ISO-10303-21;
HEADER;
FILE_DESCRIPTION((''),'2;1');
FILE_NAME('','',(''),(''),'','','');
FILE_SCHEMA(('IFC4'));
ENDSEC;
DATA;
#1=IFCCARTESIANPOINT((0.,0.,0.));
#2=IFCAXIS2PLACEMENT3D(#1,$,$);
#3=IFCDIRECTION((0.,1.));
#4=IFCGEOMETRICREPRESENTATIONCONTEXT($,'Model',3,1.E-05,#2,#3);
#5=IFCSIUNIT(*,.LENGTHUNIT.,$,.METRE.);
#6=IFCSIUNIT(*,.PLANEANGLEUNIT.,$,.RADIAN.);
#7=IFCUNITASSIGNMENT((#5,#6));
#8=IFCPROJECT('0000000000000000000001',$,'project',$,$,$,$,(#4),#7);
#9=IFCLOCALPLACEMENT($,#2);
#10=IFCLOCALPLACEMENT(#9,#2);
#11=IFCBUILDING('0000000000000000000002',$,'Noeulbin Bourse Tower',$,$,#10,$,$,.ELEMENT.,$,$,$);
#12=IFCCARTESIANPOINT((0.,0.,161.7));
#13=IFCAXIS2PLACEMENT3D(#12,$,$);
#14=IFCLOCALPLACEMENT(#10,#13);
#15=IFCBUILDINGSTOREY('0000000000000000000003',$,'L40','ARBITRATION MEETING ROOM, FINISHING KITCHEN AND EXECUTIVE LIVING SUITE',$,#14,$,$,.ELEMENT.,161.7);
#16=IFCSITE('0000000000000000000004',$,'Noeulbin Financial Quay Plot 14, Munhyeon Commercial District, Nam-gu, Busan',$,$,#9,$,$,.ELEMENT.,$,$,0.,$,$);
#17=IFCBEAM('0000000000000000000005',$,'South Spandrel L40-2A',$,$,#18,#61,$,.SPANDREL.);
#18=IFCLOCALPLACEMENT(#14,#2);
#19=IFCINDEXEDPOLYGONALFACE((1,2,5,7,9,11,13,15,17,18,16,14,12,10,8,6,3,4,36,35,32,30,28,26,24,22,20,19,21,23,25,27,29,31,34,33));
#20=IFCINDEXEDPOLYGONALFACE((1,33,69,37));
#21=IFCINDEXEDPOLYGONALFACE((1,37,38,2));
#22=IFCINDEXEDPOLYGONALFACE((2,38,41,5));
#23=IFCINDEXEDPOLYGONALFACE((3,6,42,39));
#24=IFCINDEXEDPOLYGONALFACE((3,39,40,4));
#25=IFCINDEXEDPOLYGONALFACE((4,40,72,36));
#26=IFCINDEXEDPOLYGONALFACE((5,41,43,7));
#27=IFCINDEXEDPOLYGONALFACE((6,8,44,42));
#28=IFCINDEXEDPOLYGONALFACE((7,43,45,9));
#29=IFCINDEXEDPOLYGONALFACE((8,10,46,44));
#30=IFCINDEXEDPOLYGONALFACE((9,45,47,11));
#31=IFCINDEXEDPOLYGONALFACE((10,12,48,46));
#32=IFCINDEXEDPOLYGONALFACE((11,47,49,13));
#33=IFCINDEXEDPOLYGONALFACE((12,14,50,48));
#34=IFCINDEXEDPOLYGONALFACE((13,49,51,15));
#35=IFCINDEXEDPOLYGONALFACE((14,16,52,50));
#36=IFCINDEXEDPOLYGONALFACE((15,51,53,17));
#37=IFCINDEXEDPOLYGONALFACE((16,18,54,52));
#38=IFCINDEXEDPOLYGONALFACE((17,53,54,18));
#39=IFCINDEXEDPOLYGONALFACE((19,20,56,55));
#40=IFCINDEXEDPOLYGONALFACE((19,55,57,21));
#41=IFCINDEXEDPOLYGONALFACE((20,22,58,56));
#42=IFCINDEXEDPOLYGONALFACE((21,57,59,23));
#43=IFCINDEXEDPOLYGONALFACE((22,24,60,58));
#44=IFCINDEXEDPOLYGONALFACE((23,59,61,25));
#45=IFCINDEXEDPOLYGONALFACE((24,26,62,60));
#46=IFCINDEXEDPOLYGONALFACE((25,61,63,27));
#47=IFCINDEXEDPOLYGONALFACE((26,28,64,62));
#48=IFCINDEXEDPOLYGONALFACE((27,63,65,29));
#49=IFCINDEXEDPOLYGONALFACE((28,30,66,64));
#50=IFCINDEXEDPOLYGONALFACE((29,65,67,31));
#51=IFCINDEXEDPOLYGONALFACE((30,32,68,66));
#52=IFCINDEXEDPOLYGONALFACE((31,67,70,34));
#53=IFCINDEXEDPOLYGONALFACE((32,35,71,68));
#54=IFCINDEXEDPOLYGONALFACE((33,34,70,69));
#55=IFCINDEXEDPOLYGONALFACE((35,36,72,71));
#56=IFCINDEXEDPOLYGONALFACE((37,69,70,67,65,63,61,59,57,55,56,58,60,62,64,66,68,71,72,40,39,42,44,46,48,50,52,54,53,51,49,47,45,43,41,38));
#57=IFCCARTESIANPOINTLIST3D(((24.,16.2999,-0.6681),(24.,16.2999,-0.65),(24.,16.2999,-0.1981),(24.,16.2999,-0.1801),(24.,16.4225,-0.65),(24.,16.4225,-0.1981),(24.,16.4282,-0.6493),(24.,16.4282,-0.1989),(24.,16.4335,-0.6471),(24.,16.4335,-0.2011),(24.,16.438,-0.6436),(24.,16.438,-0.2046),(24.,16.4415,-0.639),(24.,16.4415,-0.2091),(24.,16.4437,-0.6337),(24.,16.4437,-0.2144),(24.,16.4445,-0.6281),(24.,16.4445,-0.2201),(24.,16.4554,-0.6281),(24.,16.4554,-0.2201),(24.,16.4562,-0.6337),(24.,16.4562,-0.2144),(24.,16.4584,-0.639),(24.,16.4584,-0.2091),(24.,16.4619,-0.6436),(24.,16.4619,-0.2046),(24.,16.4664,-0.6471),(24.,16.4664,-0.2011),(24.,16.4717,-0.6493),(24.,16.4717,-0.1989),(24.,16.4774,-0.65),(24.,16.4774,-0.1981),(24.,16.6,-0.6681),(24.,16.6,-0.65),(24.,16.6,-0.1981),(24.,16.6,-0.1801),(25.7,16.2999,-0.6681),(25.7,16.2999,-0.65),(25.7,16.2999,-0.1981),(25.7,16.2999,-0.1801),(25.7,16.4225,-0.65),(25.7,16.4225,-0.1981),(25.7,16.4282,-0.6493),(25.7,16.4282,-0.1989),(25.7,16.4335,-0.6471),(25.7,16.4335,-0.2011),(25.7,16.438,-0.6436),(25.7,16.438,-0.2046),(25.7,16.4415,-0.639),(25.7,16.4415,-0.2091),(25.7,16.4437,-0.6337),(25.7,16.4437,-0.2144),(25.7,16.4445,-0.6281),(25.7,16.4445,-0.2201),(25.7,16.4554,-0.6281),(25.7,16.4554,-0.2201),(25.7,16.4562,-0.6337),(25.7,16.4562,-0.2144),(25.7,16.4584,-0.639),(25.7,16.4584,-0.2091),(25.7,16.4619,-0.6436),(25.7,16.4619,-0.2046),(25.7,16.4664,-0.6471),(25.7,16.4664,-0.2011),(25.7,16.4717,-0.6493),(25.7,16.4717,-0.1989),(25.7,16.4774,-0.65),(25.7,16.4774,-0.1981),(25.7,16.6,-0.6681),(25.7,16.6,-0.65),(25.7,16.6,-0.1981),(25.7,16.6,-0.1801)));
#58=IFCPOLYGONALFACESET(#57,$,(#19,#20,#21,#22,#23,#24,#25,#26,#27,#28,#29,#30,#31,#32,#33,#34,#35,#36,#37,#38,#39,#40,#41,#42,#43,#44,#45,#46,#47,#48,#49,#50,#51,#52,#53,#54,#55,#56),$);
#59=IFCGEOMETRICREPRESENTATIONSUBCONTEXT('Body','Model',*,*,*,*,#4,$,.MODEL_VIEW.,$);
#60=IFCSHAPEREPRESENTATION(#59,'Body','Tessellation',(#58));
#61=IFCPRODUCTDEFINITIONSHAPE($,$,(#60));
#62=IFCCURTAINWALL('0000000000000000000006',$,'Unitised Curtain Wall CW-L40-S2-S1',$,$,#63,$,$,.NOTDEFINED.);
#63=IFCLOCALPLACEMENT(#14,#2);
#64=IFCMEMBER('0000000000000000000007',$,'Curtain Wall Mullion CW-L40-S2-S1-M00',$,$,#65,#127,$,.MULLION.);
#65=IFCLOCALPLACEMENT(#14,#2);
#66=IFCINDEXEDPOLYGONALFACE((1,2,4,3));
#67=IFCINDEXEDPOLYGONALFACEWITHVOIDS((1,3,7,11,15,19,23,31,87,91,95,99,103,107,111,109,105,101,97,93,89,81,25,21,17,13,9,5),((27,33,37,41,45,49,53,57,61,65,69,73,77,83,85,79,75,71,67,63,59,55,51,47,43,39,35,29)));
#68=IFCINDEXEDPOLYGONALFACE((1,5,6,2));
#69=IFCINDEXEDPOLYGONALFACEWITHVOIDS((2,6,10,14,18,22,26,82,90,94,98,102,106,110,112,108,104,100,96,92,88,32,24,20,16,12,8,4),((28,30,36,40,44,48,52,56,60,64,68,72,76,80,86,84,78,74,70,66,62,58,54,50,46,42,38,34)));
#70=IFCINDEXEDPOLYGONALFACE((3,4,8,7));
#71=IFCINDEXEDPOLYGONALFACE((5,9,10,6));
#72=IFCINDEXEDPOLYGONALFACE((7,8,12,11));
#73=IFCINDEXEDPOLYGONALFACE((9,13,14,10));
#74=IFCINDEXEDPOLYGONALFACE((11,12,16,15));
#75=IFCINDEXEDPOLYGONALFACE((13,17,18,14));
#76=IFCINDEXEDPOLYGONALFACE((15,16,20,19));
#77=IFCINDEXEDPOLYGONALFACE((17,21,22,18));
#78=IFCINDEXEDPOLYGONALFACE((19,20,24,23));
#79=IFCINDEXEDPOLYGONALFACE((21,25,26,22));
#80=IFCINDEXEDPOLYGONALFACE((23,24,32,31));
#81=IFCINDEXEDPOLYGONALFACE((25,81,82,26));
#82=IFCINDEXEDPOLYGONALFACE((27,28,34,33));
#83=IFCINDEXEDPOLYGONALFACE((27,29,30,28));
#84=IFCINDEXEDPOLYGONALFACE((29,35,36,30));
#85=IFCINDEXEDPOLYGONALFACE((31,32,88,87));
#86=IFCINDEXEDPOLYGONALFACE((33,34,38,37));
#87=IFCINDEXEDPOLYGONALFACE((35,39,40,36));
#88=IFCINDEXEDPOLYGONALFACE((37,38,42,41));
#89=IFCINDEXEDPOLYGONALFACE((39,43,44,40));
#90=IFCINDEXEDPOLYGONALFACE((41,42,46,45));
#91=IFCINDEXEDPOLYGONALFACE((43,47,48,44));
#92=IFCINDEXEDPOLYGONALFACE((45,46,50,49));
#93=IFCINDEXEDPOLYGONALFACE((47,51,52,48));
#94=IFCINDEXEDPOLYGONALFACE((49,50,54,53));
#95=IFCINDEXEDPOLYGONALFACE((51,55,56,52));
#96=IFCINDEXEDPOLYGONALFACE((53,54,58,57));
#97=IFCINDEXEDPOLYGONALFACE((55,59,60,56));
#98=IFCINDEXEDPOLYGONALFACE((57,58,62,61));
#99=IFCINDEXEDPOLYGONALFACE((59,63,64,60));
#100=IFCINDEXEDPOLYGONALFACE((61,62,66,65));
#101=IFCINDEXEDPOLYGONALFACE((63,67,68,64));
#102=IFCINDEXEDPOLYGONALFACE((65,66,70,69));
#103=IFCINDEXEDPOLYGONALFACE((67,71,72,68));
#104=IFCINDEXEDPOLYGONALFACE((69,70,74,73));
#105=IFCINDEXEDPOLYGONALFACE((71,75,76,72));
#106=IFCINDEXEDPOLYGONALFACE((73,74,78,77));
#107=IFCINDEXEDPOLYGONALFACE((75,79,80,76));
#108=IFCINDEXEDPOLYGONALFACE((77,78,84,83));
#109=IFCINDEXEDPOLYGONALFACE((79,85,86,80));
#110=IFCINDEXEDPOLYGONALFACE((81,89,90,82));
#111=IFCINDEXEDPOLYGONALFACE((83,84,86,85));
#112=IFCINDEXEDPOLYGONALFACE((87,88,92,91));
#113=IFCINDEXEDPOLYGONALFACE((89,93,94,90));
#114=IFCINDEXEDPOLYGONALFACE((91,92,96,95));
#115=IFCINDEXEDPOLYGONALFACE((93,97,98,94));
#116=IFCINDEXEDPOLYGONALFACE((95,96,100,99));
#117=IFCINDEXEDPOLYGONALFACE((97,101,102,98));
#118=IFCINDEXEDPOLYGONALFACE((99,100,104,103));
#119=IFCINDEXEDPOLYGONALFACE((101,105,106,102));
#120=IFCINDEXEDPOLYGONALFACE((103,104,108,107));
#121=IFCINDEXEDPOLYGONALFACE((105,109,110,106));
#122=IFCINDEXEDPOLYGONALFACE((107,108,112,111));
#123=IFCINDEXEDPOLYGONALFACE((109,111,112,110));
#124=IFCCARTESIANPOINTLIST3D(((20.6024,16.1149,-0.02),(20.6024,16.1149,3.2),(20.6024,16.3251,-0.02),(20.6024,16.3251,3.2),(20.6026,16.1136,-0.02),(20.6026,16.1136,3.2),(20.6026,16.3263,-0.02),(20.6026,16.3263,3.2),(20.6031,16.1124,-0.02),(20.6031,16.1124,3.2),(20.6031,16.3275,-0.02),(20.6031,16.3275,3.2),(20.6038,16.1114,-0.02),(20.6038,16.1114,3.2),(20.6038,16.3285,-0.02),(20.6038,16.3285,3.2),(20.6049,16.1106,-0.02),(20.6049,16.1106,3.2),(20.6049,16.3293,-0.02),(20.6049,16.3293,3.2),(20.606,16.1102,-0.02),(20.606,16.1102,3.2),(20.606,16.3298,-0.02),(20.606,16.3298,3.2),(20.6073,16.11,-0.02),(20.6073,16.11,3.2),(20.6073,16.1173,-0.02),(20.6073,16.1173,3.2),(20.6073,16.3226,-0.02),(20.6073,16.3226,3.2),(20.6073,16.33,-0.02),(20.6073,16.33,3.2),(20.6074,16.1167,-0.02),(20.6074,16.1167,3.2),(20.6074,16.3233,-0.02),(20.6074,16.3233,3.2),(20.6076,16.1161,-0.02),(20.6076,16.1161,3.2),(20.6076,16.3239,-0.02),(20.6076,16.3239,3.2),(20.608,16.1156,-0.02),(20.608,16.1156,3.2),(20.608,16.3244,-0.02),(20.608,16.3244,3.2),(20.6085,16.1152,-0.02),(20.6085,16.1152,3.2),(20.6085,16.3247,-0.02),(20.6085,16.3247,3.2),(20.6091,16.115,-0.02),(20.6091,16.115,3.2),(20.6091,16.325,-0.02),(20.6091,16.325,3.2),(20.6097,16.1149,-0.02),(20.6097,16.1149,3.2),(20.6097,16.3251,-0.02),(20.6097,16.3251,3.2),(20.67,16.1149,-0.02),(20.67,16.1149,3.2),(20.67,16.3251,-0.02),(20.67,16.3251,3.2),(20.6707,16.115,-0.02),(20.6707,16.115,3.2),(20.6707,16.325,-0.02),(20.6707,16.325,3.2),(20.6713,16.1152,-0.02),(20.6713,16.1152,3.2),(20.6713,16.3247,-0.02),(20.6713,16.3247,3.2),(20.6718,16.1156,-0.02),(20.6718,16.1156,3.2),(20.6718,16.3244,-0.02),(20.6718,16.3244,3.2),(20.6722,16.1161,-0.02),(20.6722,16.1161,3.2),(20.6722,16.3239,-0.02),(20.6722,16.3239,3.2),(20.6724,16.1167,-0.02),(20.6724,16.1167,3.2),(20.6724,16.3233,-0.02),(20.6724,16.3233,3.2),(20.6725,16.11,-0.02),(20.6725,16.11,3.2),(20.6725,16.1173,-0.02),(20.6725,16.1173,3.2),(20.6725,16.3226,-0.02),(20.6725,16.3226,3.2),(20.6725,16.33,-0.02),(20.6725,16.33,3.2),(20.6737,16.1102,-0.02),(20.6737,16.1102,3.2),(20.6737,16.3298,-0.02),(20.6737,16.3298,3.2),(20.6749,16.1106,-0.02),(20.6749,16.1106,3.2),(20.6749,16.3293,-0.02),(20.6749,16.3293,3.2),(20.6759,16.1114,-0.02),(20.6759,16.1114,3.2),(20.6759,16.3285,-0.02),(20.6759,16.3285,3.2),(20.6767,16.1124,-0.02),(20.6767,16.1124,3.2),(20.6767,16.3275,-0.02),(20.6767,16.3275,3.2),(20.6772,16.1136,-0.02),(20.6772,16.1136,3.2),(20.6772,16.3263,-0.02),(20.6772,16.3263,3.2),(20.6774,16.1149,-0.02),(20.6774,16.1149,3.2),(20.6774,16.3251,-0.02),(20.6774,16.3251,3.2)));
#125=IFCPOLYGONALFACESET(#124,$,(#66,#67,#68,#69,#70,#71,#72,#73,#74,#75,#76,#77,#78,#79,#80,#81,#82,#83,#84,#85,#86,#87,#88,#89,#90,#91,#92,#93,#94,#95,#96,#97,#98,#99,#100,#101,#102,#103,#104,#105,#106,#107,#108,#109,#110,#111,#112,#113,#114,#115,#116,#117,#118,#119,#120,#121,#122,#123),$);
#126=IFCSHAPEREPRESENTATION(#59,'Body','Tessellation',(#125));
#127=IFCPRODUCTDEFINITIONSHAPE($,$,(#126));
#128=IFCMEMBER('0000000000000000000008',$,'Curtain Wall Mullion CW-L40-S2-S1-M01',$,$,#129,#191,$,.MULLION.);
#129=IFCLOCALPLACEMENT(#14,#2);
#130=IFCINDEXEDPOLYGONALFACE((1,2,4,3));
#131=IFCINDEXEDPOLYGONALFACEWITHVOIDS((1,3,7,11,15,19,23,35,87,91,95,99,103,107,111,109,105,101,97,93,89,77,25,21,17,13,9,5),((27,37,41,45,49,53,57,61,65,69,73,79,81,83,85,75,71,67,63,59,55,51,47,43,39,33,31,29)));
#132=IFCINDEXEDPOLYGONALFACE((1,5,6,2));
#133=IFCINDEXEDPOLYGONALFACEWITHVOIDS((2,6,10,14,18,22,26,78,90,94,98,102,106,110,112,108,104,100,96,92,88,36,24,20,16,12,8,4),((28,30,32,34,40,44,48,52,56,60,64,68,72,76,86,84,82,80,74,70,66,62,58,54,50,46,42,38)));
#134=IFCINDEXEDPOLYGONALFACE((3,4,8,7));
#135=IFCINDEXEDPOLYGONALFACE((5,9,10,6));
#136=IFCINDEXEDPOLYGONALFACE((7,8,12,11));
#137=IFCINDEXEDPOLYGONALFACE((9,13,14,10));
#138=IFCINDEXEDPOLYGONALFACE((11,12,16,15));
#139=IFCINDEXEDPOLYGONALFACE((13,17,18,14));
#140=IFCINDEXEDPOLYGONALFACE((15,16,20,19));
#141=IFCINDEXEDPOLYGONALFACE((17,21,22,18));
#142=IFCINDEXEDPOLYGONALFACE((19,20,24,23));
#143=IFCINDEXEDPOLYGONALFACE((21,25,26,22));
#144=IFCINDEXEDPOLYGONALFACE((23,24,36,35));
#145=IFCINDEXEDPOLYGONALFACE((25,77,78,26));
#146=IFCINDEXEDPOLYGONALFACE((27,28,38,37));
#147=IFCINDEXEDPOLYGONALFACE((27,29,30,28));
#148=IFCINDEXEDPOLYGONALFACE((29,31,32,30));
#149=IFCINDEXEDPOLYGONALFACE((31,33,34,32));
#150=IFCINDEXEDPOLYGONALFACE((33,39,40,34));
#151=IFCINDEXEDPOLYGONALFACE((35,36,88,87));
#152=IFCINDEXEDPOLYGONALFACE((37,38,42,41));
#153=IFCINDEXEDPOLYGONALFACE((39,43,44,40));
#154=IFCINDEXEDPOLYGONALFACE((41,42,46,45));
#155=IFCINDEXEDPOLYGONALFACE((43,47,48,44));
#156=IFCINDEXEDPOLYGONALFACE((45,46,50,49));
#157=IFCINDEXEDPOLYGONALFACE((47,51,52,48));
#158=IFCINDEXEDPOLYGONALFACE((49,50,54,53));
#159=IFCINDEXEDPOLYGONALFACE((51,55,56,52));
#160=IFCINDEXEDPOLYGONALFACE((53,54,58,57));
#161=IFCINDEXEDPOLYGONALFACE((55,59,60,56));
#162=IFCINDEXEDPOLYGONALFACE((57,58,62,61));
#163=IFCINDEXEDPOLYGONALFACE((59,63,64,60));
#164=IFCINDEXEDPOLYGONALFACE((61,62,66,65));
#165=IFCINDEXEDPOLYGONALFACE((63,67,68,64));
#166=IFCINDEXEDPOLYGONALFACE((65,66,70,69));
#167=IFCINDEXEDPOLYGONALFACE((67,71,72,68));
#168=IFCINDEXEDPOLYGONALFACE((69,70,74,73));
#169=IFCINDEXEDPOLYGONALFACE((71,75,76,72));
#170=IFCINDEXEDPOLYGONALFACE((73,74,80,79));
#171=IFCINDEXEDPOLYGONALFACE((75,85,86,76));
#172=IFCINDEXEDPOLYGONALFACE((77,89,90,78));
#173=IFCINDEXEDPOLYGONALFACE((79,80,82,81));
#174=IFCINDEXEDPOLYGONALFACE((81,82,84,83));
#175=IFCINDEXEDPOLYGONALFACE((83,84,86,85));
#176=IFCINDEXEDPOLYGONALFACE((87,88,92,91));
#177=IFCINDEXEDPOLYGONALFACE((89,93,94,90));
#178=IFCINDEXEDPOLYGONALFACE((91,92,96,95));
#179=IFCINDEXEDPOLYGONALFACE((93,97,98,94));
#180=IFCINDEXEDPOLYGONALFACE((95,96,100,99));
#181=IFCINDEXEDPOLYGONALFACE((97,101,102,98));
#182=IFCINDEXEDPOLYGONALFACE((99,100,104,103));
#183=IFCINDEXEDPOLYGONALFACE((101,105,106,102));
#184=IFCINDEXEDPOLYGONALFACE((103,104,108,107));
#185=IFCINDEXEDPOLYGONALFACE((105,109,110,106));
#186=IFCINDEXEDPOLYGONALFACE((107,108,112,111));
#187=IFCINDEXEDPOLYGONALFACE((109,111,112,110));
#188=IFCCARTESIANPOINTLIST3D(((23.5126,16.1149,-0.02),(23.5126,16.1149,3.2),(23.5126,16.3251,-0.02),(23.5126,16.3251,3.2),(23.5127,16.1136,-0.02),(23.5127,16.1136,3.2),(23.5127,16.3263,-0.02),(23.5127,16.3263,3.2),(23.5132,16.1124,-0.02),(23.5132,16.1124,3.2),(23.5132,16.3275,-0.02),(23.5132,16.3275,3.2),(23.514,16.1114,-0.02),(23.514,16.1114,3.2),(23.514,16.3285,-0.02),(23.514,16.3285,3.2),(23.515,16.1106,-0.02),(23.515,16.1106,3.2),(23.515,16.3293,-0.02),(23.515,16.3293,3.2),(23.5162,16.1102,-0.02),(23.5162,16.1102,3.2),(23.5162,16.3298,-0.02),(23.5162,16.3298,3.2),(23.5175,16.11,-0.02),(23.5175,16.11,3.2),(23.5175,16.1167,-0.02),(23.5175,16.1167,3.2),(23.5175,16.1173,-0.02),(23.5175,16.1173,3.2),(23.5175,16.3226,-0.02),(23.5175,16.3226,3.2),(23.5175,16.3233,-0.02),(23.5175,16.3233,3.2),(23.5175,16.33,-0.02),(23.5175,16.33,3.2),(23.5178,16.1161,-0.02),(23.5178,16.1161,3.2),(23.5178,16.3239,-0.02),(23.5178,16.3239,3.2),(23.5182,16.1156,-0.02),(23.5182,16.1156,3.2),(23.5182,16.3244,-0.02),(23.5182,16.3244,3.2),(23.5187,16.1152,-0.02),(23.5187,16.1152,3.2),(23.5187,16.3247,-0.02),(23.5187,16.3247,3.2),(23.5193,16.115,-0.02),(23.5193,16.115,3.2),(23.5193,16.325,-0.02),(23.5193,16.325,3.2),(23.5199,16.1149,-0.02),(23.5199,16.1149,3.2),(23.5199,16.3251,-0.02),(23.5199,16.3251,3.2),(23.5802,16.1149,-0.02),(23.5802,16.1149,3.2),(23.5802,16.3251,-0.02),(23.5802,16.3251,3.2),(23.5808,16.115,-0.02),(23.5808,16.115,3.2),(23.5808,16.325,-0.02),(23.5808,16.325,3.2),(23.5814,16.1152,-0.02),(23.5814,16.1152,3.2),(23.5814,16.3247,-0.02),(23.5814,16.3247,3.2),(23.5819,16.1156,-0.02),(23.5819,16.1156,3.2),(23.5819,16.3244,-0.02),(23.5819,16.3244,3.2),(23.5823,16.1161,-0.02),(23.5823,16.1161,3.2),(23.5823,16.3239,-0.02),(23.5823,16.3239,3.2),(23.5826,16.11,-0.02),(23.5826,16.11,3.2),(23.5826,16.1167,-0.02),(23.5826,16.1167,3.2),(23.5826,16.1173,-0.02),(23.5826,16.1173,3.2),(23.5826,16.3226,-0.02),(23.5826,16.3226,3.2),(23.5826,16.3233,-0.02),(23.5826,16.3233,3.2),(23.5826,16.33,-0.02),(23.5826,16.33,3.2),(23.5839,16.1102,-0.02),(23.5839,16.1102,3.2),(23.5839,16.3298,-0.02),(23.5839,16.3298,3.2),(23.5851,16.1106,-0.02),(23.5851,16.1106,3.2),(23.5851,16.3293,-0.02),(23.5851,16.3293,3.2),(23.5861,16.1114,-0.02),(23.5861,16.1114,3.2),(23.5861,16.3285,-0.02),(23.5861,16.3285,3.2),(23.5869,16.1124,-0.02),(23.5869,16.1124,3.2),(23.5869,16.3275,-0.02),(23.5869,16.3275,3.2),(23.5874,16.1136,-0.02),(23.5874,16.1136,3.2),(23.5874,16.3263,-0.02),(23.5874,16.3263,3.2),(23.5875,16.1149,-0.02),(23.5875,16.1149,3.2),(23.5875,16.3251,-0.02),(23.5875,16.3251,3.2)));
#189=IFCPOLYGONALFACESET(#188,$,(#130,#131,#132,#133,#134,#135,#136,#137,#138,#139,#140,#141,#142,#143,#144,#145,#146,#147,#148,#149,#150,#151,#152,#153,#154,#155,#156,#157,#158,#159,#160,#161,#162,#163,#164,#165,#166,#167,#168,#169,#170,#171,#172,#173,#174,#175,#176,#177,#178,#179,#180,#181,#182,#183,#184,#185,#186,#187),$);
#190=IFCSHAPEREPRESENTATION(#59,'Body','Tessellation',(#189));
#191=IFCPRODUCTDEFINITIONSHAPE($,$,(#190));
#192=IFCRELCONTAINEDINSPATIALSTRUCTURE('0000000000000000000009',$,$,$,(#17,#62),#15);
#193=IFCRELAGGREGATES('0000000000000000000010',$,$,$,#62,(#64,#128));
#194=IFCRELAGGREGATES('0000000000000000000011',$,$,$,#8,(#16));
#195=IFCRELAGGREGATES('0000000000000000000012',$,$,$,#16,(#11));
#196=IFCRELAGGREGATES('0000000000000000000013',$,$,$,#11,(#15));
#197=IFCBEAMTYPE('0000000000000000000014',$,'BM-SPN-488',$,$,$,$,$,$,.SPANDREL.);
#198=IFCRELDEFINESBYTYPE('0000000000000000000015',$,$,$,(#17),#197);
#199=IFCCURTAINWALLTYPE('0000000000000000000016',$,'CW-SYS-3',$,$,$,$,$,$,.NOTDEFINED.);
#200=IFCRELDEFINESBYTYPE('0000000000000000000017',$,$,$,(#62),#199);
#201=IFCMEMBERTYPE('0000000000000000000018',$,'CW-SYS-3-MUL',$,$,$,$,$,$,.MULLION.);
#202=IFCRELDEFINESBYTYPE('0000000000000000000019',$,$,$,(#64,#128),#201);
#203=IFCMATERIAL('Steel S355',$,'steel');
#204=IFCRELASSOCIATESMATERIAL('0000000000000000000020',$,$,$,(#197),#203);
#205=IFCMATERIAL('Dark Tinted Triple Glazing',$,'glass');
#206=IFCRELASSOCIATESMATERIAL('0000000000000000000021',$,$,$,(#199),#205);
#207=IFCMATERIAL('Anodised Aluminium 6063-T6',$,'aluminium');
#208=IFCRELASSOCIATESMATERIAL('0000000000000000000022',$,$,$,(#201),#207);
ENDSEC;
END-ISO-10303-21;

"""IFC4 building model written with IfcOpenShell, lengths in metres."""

from ifc_helpers import new_model, si_unit, direction, frame, origin, origin_2d, place, context, subcontext, project, spatial, hollow_rectangle, i_section, extrude, material, material_profile, profile_set, type_object, element, aggregate, save


model = new_model("IFC4")

# Units and contexts
model_context = context("Model", 3, precision=1e-05, world=origin(), true_north=direction((0.0, 1.0)))
body_context = subcontext(model_context, "Body", "Model", "MODEL_VIEW")
ifc_project = project(units=[si_unit("LENGTHUNIT", "METRE"), si_unit("PLANEANGLEUNIT", "RADIAN")], contexts=[model_context])

# Site, building, storey
site_placement = place(None, origin())
site = spatial("IfcSite", under=ifc_project, at=site_placement, Name="Noeulbin Financial Quay Plot 14, Munhyeon Commercial District, Nam-gu, Busan", CompositionType="ELEMENT", RefElevation=0.0)
building_placement = place(site_placement, origin())
building = spatial("IfcBuilding", under=site, at=building_placement, Name="Noeulbin Bourse Tower", CompositionType="ELEMENT")
storey_placement = place(building_placement, frame((0.0, 0.0, 161.7)))
storey = spatial("IfcBuildingStorey", under=building, at=storey_placement, Name="L40", Description="ARBITRATION MEETING ROOM, FINISHING KITCHEN AND EXECUTIVE LIVING SUITE", CompositionType="ELEMENT", Elevation=161.7)

# Shared definitions
ifc_material_1 = material(Name="Steel S355", Category="steel")

# Beam
ifc_material_profile_1 = material_profile(ifc_material_1, i_section(OverallWidth=0.3, OverallDepth=0.488, WebThickness=0.011, FlangeThickness=0.0181, FilletRadius=0.022, at=origin_2d()), Name="H-488x300x11x18", Category="LoadBearing")
ifc_profile_set_1 = profile_set([ifc_material_profile_1], Name="Steel S355")
beam_type_1 = type_object("IfcBeamType", Name="BM-SPN-488", PredefinedType="SPANDREL", material=ifc_profile_set_1)
beam_1_placement = place(storey_placement, frame((24.0, 16.45, -0.4241), z_axis=(1.0, 0.0, 0.0), x_axis=(0.0, 1.0, 0.0)))
element("IfcBeam", 1, at=beam_1_placement, inside=storey, type_object=beam_type_1, Name="South Spandrel L40-2A", PredefinedType="SPANDREL", context=body_context, shape_type="SweptSolid", body=[
    extrude(i_section(OverallWidth=0.3, OverallDepth=0.488, WebThickness=0.011, FlangeThickness=0.0181, FilletRadius=0.022, at=origin_2d()), origin(), (0.0, 0.0, 1.0), 1.7),
])

# Curtain wall, members
ifc_material_2 = material(Name="Dark Tinted Triple Glazing", Category="glass")
curtain_wall_type = type_object("IfcCurtainWallType", Name="CW-SYS-3", PredefinedType="NOTDEFINED", material=ifc_material_2)
curtain_wall_placement = place(storey_placement, origin())
curtain_wall = element("IfcCurtainWall", 2, at=curtain_wall_placement, inside=storey, type_object=curtain_wall_type, Name="Unitised Curtain Wall CW-L40-S2-S1", PredefinedType="NOTDEFINED")
ifc_material_3 = material(Name="Anodised Aluminium 6063-T6", Category="aluminium")
ifc_material_profile_2 = material_profile(ifc_material_3, hollow_rectangle(XDim=0.075, YDim=0.22, WallThickness=0.0049, InnerFilletRadius=0.0024, OuterFilletRadius=0.0049, at=origin_2d()), Name="ALU-MULL-75x220x5", Category="LoadBearing")
ifc_profile_set_2 = profile_set([ifc_material_profile_2], Name="Anodised Aluminium 6063-T6")
member_type_1 = type_object("IfcMemberType", Name="CW-SYS-3-MUL", PredefinedType="MULLION", material=ifc_profile_set_2)
member_1_placement = place(storey_placement, frame((20.6399, 16.22, -0.02), z_axis=(0.0, 0.0, 1.0), x_axis=(1.0, 0.0, 0.0)))
member_1 = element("IfcMember", 3, at=member_1_placement, type_object=member_type_1, Name="Curtain Wall Mullion CW-L40-S2-S1-M00", PredefinedType="MULLION", context=body_context, shape_type="SweptSolid", body=[
    extrude(hollow_rectangle(XDim=0.075, YDim=0.22, WallThickness=0.0049, InnerFilletRadius=0.0024, OuterFilletRadius=0.0049, at=origin_2d()), origin(), (0.0, 0.0, 1.0), 3.22),
])
member_2_placement = place(storey_placement, frame((23.55, 16.22, -0.02), z_axis=(0.0, 0.0, 1.0), x_axis=(1.0, 0.0, 0.0)))
member_2 = element("IfcMember", 4, at=member_2_placement, type_object=member_type_1, Name="Curtain Wall Mullion CW-L40-S2-S1-M01", PredefinedType="MULLION", context=body_context, shape_type="SweptSolid", body=[
    extrude(hollow_rectangle(XDim=0.075, YDim=0.22, WallThickness=0.0049, InnerFilletRadius=0.0024, OuterFilletRadius=0.0049, at=origin_2d()), origin(), (0.0, 0.0, 1.0), 3.22),
])
aggregate(curtain_wall, [member_1, member_2])

save(model, "model.ifc")
